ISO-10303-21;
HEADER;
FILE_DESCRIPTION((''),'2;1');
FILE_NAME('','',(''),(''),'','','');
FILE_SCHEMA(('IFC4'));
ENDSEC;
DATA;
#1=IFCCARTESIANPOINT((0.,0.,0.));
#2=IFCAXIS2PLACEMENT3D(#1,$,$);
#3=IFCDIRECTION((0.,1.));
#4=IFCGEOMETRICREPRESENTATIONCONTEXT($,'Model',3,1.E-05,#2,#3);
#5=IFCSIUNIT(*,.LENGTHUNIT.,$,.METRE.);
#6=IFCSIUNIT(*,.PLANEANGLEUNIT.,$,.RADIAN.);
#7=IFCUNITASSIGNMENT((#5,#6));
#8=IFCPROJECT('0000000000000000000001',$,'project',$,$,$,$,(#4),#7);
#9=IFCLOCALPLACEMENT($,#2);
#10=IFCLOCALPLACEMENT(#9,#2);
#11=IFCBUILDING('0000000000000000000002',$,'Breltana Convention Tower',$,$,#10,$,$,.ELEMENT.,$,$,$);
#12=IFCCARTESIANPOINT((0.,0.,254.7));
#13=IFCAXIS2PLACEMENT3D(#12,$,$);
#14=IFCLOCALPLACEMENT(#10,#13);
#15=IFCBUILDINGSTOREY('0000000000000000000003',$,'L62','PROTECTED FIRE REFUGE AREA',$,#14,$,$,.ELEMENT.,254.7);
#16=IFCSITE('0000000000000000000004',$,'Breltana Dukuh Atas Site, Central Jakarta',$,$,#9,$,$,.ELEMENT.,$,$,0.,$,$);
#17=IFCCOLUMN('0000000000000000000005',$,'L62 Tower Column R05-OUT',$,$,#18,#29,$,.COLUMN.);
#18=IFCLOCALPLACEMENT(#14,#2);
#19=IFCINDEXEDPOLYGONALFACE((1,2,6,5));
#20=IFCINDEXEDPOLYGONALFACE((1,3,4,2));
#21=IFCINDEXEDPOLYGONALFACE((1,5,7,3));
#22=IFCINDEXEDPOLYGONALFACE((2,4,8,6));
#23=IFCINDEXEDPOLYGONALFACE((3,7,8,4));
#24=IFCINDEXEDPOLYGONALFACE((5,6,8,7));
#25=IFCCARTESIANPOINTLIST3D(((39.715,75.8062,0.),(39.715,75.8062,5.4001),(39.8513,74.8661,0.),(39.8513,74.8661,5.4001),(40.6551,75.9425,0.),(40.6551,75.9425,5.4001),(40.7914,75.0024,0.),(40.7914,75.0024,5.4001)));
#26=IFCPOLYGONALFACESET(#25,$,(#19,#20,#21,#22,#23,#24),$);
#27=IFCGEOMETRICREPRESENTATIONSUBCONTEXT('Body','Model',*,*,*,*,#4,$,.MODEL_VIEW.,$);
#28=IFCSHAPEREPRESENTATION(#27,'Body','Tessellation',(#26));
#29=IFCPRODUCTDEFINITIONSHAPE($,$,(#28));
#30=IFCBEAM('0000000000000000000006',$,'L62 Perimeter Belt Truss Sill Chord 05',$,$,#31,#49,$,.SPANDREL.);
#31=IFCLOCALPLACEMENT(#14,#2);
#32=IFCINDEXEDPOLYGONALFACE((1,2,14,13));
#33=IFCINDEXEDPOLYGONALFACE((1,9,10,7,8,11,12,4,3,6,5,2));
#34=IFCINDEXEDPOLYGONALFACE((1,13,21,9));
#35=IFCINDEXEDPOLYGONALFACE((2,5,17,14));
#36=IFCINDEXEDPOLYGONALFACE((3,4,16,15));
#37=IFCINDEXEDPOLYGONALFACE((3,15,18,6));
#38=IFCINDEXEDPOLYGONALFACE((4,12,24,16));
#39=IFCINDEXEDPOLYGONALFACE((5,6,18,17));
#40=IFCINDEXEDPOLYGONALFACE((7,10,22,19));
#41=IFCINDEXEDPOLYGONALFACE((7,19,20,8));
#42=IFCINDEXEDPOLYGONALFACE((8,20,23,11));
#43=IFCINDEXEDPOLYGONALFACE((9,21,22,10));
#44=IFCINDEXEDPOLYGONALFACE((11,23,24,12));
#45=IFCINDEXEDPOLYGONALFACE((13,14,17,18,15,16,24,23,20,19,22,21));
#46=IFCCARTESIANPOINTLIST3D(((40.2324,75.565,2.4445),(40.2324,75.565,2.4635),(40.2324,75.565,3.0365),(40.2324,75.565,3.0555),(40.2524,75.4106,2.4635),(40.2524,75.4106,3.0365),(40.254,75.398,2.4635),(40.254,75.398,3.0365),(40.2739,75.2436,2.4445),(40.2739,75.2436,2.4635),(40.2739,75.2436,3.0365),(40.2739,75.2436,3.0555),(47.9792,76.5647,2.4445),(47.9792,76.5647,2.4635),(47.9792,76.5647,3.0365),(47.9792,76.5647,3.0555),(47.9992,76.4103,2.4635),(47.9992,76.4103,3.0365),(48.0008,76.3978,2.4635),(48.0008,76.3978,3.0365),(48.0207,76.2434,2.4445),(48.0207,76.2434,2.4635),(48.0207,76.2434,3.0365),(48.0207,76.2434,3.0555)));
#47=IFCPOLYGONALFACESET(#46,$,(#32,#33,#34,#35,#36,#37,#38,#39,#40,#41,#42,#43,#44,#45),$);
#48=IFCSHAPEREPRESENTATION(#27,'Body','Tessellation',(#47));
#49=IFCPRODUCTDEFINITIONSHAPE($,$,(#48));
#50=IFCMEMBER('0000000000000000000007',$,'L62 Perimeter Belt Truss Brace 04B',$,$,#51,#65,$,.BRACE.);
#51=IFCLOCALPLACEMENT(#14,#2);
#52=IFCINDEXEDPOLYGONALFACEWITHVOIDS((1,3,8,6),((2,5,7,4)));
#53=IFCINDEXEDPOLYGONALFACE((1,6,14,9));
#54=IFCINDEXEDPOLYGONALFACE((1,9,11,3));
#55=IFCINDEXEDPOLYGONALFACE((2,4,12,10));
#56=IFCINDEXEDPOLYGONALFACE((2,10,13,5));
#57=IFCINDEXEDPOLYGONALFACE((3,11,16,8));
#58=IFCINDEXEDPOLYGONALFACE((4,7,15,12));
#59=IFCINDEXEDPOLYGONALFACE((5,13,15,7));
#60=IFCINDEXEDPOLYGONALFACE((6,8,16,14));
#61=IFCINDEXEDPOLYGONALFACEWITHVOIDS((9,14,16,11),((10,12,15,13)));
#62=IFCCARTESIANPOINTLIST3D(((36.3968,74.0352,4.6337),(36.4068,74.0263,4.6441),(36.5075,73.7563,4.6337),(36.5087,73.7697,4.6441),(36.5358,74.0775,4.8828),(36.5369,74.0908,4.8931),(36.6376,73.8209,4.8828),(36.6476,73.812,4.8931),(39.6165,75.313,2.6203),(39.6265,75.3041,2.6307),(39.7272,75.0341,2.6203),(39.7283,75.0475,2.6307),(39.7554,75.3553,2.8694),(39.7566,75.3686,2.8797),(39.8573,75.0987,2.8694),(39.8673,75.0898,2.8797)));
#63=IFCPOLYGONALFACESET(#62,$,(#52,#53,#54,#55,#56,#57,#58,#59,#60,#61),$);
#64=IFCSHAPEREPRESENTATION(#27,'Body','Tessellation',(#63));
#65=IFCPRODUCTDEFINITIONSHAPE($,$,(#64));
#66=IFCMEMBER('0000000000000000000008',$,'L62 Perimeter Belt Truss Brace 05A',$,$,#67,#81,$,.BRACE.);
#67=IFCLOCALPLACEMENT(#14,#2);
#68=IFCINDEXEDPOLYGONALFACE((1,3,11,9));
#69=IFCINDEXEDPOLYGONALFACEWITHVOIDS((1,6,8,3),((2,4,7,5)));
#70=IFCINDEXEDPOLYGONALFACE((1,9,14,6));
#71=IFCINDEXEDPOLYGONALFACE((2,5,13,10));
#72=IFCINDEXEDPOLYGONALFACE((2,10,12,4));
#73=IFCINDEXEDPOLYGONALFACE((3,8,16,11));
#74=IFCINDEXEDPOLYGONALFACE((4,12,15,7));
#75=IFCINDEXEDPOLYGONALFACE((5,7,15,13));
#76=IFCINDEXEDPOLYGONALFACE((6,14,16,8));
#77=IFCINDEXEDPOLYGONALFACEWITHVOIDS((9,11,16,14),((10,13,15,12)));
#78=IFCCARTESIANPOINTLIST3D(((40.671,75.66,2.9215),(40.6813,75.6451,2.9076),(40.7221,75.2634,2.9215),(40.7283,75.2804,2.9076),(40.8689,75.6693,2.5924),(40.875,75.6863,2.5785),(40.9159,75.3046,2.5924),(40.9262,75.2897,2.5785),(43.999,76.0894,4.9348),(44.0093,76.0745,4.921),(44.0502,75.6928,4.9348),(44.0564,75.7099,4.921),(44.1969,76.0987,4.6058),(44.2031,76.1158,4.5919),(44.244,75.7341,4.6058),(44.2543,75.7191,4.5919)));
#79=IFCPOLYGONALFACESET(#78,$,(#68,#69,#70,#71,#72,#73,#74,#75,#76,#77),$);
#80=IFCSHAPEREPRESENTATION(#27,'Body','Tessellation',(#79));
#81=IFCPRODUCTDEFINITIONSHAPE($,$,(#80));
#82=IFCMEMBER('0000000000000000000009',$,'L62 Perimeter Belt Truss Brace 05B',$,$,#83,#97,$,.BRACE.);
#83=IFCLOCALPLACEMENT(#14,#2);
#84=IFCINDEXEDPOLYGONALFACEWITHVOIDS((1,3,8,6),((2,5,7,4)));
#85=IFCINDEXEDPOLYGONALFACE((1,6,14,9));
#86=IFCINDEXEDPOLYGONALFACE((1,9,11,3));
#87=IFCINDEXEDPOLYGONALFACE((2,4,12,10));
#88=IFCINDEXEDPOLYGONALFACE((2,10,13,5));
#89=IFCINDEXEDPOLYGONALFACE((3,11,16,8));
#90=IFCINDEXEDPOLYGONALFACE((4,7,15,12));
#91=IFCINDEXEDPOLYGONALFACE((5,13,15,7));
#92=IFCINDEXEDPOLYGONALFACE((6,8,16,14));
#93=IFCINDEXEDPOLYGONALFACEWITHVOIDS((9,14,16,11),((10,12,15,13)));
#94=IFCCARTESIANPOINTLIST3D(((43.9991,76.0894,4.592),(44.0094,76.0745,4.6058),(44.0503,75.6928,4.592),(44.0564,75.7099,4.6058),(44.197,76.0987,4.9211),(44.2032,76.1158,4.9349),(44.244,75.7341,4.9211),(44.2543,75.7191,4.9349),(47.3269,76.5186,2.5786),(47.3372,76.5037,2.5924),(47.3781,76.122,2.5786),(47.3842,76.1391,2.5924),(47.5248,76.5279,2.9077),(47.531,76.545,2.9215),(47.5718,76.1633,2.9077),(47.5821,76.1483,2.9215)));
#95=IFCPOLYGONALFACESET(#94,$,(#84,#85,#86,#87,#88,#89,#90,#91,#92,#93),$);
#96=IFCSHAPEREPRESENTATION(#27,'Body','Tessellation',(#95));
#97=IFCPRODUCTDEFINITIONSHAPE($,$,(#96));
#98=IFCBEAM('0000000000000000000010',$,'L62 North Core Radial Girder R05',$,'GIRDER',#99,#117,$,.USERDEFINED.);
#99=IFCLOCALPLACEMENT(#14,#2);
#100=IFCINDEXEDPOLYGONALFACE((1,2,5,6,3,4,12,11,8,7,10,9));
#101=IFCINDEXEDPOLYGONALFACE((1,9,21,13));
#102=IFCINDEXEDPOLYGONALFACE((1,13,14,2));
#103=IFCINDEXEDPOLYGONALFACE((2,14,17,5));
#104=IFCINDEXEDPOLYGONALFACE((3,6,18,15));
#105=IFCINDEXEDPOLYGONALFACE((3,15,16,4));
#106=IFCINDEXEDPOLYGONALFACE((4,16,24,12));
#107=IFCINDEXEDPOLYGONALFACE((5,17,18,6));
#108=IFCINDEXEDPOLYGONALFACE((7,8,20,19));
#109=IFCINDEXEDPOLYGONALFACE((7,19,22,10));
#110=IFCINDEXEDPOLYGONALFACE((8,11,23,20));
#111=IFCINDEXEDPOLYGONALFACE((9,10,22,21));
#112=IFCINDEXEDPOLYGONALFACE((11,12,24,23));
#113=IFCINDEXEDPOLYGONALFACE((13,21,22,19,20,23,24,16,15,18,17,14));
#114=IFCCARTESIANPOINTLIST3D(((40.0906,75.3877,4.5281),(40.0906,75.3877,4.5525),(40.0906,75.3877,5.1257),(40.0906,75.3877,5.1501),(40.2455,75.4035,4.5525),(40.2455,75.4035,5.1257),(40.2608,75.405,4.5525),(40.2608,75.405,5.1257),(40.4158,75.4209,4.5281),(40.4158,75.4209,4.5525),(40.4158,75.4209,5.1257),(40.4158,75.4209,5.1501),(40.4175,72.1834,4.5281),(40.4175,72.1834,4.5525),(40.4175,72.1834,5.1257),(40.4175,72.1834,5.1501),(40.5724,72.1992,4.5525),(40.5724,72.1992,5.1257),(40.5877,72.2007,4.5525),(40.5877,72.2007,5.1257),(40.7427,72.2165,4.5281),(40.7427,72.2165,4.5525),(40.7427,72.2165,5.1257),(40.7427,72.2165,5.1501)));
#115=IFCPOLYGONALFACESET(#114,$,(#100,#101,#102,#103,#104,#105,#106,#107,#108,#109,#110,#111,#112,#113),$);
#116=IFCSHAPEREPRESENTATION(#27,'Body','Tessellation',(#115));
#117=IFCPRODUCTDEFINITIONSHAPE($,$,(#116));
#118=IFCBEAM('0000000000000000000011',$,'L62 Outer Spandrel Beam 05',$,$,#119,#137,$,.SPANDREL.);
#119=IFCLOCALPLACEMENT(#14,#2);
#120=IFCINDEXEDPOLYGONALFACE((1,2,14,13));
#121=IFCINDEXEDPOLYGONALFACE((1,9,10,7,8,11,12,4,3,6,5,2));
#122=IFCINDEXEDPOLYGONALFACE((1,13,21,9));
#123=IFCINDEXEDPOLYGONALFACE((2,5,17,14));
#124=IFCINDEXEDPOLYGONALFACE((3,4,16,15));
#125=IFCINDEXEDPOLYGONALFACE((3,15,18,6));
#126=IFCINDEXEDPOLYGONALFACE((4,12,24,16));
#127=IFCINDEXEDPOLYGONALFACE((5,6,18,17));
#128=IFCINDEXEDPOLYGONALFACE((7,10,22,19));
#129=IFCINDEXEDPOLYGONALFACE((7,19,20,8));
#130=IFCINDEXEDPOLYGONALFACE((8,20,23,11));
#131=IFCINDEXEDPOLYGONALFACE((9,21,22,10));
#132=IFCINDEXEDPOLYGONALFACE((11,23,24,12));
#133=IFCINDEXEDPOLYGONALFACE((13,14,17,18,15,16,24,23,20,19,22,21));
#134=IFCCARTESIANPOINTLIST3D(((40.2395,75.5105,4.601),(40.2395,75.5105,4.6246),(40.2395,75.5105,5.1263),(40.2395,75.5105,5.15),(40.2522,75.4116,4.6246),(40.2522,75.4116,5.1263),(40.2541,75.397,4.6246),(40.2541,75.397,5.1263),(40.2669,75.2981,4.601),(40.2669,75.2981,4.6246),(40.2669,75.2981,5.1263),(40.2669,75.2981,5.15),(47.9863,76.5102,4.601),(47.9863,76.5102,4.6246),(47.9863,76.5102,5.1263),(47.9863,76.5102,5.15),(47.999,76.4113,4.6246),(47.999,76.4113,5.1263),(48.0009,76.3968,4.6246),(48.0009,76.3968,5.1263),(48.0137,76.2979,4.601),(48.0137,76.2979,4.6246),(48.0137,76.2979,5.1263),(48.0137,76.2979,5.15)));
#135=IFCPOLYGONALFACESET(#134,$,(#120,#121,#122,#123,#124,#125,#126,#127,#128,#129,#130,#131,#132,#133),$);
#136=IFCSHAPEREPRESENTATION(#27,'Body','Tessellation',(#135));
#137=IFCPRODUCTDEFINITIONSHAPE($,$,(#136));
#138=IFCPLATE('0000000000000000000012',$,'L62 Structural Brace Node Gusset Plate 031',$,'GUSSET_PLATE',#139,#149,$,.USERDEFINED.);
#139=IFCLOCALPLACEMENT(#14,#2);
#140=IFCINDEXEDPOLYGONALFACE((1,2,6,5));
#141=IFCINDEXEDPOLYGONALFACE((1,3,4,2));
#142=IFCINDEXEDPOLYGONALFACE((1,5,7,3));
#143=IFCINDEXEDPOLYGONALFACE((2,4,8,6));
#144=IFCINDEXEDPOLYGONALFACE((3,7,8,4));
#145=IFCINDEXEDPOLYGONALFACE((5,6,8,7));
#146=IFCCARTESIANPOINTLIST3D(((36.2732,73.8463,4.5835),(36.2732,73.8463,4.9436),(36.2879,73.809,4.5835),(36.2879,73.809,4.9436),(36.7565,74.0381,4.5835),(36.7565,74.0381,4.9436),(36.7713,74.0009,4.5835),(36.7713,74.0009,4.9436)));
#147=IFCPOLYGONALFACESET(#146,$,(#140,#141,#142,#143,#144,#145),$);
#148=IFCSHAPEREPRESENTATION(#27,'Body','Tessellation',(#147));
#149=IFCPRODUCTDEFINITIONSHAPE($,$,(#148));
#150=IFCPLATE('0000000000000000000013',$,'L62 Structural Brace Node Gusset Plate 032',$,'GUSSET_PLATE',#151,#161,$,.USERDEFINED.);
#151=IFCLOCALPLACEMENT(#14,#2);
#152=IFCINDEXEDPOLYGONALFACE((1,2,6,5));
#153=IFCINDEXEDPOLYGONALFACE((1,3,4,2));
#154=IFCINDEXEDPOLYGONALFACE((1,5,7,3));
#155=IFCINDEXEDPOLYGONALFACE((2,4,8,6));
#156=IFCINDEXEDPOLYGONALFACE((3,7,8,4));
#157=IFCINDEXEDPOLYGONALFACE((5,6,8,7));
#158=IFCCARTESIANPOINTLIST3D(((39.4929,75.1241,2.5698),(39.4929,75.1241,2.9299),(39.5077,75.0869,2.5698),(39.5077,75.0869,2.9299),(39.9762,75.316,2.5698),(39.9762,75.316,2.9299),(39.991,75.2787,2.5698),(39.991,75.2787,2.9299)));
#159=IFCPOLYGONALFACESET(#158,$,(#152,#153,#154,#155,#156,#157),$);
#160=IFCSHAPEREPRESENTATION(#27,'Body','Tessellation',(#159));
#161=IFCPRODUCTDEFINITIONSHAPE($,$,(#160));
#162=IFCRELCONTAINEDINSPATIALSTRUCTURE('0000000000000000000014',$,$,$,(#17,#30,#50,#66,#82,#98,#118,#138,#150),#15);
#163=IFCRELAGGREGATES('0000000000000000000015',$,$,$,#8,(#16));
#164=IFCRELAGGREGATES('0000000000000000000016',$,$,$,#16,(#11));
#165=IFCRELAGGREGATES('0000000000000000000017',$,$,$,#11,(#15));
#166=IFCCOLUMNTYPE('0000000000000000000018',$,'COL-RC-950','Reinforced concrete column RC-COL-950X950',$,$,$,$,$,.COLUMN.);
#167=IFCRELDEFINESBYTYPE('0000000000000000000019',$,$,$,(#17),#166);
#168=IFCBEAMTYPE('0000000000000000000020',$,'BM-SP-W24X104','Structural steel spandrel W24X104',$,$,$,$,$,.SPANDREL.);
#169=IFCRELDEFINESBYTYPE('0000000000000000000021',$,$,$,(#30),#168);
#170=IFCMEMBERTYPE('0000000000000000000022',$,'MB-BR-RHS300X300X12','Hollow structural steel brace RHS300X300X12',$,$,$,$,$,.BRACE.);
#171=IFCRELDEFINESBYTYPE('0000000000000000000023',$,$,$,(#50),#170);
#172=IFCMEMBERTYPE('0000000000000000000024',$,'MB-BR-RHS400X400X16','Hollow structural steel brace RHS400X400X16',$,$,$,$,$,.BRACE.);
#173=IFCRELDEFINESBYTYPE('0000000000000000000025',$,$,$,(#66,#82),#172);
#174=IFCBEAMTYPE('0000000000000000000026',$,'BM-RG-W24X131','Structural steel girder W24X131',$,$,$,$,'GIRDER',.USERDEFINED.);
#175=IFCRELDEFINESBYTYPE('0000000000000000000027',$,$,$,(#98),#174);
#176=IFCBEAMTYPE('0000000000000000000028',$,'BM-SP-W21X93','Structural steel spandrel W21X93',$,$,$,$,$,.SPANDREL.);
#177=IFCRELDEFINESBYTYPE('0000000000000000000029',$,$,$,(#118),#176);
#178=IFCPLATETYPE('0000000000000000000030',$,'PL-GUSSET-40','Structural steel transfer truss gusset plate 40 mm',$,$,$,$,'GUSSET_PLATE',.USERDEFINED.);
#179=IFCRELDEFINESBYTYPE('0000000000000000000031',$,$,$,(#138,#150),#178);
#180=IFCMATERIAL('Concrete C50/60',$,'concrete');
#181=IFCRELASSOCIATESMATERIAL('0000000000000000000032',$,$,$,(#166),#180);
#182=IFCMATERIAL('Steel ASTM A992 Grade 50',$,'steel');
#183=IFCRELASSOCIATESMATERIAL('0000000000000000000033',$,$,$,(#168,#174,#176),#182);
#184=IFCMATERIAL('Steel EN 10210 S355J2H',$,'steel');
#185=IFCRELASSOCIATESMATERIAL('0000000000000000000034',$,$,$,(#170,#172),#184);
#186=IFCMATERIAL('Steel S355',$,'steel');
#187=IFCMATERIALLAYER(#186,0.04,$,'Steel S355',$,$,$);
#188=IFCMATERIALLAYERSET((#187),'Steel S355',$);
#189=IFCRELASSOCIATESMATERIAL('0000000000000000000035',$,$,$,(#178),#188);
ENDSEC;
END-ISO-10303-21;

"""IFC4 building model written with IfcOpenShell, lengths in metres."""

from ifc_helpers import new_model, si_unit, direction, frame, origin, origin_2d, place, context, subcontext, project, spatial, rectangle, hollow_rectangle, i_section, extrude, source, transform, mapped, material, layer, layer_set, material_profile, profile_set, type_object, element, save


model = new_model("IFC4")

# Units and contexts
model_context = context("Model", 3, precision=1e-05, world=origin(), true_north=direction((0.0, 1.0)))
body_context = subcontext(model_context, "Body", "Model", "MODEL_VIEW")
ifc_project = project(units=[si_unit("LENGTHUNIT", "METRE"), si_unit("PLANEANGLEUNIT", "RADIAN")], contexts=[model_context])

# Site, building, storey
site_placement = place(None, origin())
site = spatial("IfcSite", under=ifc_project, at=site_placement, Name="Breltana Dukuh Atas Site, Central Jakarta", CompositionType="ELEMENT", RefElevation=0.0)
building_placement = place(site_placement, origin())
building = spatial("IfcBuilding", under=site, at=building_placement, Name="Breltana Convention Tower", CompositionType="ELEMENT")
storey_placement = place(building_placement, frame((0.0, 0.0, 254.7)))
storey = spatial("IfcBuildingStorey", under=building, at=storey_placement, Name="L62", Description="PROTECTED FIRE REFUGE AREA", CompositionType="ELEMENT", Elevation=254.7)

# Column
ifc_material_1 = material(Name="Concrete C50/60", Category="concrete")
ifc_material_profile_1 = material_profile(ifc_material_1, rectangle(XDim=0.95, YDim=0.95, at=origin_2d()), Name="RC-COL-950X950")
ifc_profile_set_1 = profile_set([ifc_material_profile_1], Name="Concrete C50/60")
column_type = type_object("IfcColumnType", Name="COL-RC-950", Description="Reinforced concrete column RC-COL-950X950", PredefinedType="COLUMN", material=ifc_profile_set_1)
shared_shape_1 = source(origin(), body_context, "Body", "SweptSolid", [
    extrude(rectangle(XDim=0.95, YDim=0.95, at=origin_2d()), origin(), (0.0, 0.0, 1.0), 5.4001),
])
column_placement = place(storey_placement, frame((40.2532, 75.4043, 0.0), z_axis=(0.0, 0.0, 1.0), x_axis=(-0.143493, 0.989651, 0.0)))
element("IfcColumn", 1, at=column_placement, inside=storey, type_object=column_type, Name="L62 Tower Column R05-OUT", PredefinedType="COLUMN", context=body_context, shape_type="MappedRepresentation", body=[
    mapped(shared_shape_1, transform((0.0, 0.0, 0.0), scale=1.0)),
])

# Beam
ifc_material_2 = material(Name="Steel ASTM A992 Grade 50", Category="steel")
ifc_material_profile_2 = material_profile(ifc_material_2, i_section(OverallWidth=0.324, OverallDepth=0.6111, WebThickness=0.0127, FlangeThickness=0.019, at=origin_2d()), Name="W24X104")
ifc_profile_set_2 = profile_set([ifc_material_profile_2], Name="Steel ASTM A992 Grade 50")
beam_type_1 = type_object("IfcBeamType", Name="BM-SP-W24X104", Description="Structural steel spandrel W24X104", PredefinedType="SPANDREL", material=ifc_profile_set_2)
shared_shape_2 = source(origin(), body_context, "Body", "SweptSolid", [
    extrude(i_section(OverallWidth=0.324, OverallDepth=0.6111, WebThickness=0.0127, FlangeThickness=0.019, at=origin_2d()), origin(), (0.0, 0.0, 1.0), 7.811),
])
beam_1_placement = place(storey_placement, frame((40.2532, 75.4043, 2.75), z_axis=(0.991775, 0.127992, 0.0), x_axis=(-0.127992, 0.991775, 0.0)))
element("IfcBeam", 2, at=beam_1_placement, inside=storey, type_object=beam_type_1, Name="L62 Perimeter Belt Truss Sill Chord 05", PredefinedType="SPANDREL", context=body_context, shape_type="MappedRepresentation", body=[
    mapped(shared_shape_2, transform((0.0, 0.0, 0.0), scale=1.0)),
])

# Members
ifc_material_3 = material(Name="Steel EN 10210 S355J2H", Category="steel")
ifc_material_profile_3 = material_profile(ifc_material_3, hollow_rectangle(XDim=0.3, YDim=0.3, WallThickness=0.012, at=origin_2d()), Name="RHS300X300X12")
ifc_profile_set_3 = profile_set([ifc_material_profile_3], Name="Steel EN 10210 S355J2H")
member_type_1 = type_object("IfcMemberType", Name="MB-BR-RHS300X300X12", Description="Hollow structural steel brace RHS300X300X12", PredefinedType="BRACE", material=ifc_profile_set_3)
shared_shape_3 = source(origin(), body_context, "Body", "SweptSolid", [
    extrude(hollow_rectangle(XDim=0.3, YDim=0.3, WallThickness=0.012, at=origin_2d()), origin(), (0.0, 0.0, 1.0), 4.0066),
])
member_1_placement = place(storey_placement, frame((36.5222, 73.9236, 4.7634), z_axis=(0.803592, 0.318926, -0.502519), x_axis=(-0.368886, 0.929475, 0.0)))
element("IfcMember", 3, at=member_1_placement, inside=storey, type_object=member_type_1, Name="L62 Perimeter Belt Truss Brace 04B", PredefinedType="BRACE", context=body_context, shape_type="MappedRepresentation", body=[
    mapped(shared_shape_3, transform((0.0, 0.0, 0.0), scale=1.0)),
])
ifc_material_profile_4 = material_profile(ifc_material_3, hollow_rectangle(XDim=0.3999, YDim=0.3999, WallThickness=0.0161, at=origin_2d()), Name="RHS400X400X16")
ifc_profile_set_4 = profile_set([ifc_material_profile_4], Name="Steel EN 10210 S355J2H")
member_type_2 = type_object("IfcMemberType", Name="MB-BR-RHS400X400X16", Description="Hollow structural steel brace RHS400X400X16", PredefinedType="BRACE", material=ifc_profile_set_4)
shared_shape_4 = source(origin(), body_context, "Body", "SweptSolid", [
    extrude(hollow_rectangle(XDim=0.3999, YDim=0.3999, WallThickness=0.0161, at=origin_2d()), origin(), (0.0, 0.0, 1.0), 3.9133),
])
member_2_placement = place(storey_placement, frame((40.7986, 75.4749, 2.75), z_axis=(0.850443, 0.109737, 0.514495), x_axis=(-0.127974, 0.991778, 0.0)))
element("IfcMember", 4, at=member_2_placement, inside=storey, type_object=member_type_2, Name="L62 Perimeter Belt Truss Brace 05A", PredefinedType="BRACE", context=body_context, shape_type="MappedRepresentation", body=[
    mapped(shared_shape_4, transform((0.0, 0.0, 0.0), scale=1.0)),
])
shared_shape_5 = source(origin(), body_context, "Body", "SweptSolid", [
    extrude(hollow_rectangle(XDim=0.3999, YDim=0.3999, WallThickness=0.0161, at=origin_2d()), origin(), (0.0, 0.0, 1.0), 3.9131),
])
member_3_placement = place(storey_placement, frame((44.1267, 75.9043, 4.7634), z_axis=(0.850431, 0.109681, -0.514526), x_axis=(-0.127911, 0.991786, 0.0)))
element("IfcMember", 5, at=member_3_placement, inside=storey, type_object=member_type_2, Name="L62 Perimeter Belt Truss Brace 05B", PredefinedType="BRACE", context=body_context, shape_type="MappedRepresentation", body=[
    mapped(shared_shape_5, transform((0.0, 0.0, 0.0), scale=1.0)),
])

# Beams
ifc_material_profile_5 = material_profile(ifc_material_2, i_section(OverallWidth=0.3269, OverallDepth=0.6221, WebThickness=0.0154, FlangeThickness=0.0244, at=origin_2d()), Name="W24X131")
ifc_profile_set_5 = profile_set([ifc_material_profile_5], Name="Steel ASTM A992 Grade 50")
beam_type_2 = type_object("IfcBeamType", Name="BM-RG-W24X131", Description="Structural steel girder W24X131", ElementType="GIRDER", PredefinedType="USERDEFINED", material=ifc_profile_set_5)
shared_shape_6 = source(origin(), body_context, "Body", "SweptSolid", [
    extrude(i_section(OverallWidth=0.3269, OverallDepth=0.6221, WebThickness=0.0154, FlangeThickness=0.0244, at=origin_2d()), origin(), (0.0, 0.0, 1.0), 3.2209),
])
beam_2_placement = place(storey_placement, frame((40.5801, 72.2, 4.8391), z_axis=(-0.101492, 0.994836, 0.0), x_axis=(-0.994836, -0.101492, 0.0)))
element("IfcBeam", 6, at=beam_2_placement, inside=storey, type_object=beam_type_2, Name="L62 North Core Radial Girder R05", ObjectType="GIRDER", PredefinedType="USERDEFINED", context=body_context, shape_type="MappedRepresentation", body=[
    mapped(shared_shape_6, transform((0.0, 0.0, 0.0), scale=1.0)),
])
ifc_material_profile_6 = material_profile(ifc_material_2, i_section(OverallWidth=0.2141, OverallDepth=0.5491, WebThickness=0.0146, FlangeThickness=0.0237, at=origin_2d()), Name="W21X93")
ifc_profile_set_6 = profile_set([ifc_material_profile_6], Name="Steel ASTM A992 Grade 50")
beam_type_3 = type_object("IfcBeamType", Name="BM-SP-W21X93", Description="Structural steel spandrel W21X93", PredefinedType="SPANDREL", material=ifc_profile_set_6)
shared_shape_7 = source(origin(), body_context, "Body", "SweptSolid", [
    extrude(i_section(OverallWidth=0.2141, OverallDepth=0.5491, WebThickness=0.0146, FlangeThickness=0.0237, at=origin_2d()), origin(), (0.0, 0.0, 1.0), 7.811),
])
beam_3_placement = place(storey_placement, frame((40.2532, 75.4043, 4.8755), z_axis=(0.991775, 0.127992, 0.0), x_axis=(-0.127992, 0.991775, 0.0)))
element("IfcBeam", 7, at=beam_3_placement, inside=storey, type_object=beam_type_3, Name="L62 Outer Spandrel Beam 05", PredefinedType="SPANDREL", context=body_context, shape_type="MappedRepresentation", body=[
    mapped(shared_shape_7, transform((0.0, 0.0, 0.0), scale=1.0)),
])

# Plates
ifc_material_4 = material(Name="Steel S355", Category="steel")
ifc_layer_1 = layer(ifc_material_4, 0.04, Name="Steel S355")
ifc_layer_set_1 = layer_set([ifc_layer_1], Name="Steel S355")
plate_type = type_object("IfcPlateType", Name="PL-GUSSET-40", Description="Structural steel transfer truss gusset plate 40 mm", ElementType="GUSSET_PLATE", PredefinedType="USERDEFINED", material=ifc_layer_set_1)
shared_shape_8 = source(origin(), body_context, "Body", "SweptSolid", [
    extrude(rectangle(XDim=0.52, YDim=0.04, at=origin_2d()), origin(), (0.0, 0.0, 1.0), 0.3601),
])
for number, where, z_axis, x_axis, name in (
    (8, (36.5222, 73.9236, 4.5835), (0.0, 0.0, 1.0), (0.929455, 0.368936, 0.0), "L62 Structural Brace Node Gusset Plate 031"),
    (9, (39.7419, 75.2014, 2.5698), (0.0, 0.0, 1.0), (0.929455, 0.368936, 0.0), "L62 Structural Brace Node Gusset Plate 032"),
):
    element("IfcPlate", number, at=place(storey_placement, frame(where, z_axis=z_axis, x_axis=x_axis)), inside=storey, type_object=plate_type, Name=name, ObjectType="GUSSET_PLATE", PredefinedType="USERDEFINED", context=body_context, shape_type="MappedRepresentation", body=[
        mapped(shared_shape_8, transform((0.0, 0.0, 0.0), scale=1.0)),
    ])

save(model, "model.ifc")
